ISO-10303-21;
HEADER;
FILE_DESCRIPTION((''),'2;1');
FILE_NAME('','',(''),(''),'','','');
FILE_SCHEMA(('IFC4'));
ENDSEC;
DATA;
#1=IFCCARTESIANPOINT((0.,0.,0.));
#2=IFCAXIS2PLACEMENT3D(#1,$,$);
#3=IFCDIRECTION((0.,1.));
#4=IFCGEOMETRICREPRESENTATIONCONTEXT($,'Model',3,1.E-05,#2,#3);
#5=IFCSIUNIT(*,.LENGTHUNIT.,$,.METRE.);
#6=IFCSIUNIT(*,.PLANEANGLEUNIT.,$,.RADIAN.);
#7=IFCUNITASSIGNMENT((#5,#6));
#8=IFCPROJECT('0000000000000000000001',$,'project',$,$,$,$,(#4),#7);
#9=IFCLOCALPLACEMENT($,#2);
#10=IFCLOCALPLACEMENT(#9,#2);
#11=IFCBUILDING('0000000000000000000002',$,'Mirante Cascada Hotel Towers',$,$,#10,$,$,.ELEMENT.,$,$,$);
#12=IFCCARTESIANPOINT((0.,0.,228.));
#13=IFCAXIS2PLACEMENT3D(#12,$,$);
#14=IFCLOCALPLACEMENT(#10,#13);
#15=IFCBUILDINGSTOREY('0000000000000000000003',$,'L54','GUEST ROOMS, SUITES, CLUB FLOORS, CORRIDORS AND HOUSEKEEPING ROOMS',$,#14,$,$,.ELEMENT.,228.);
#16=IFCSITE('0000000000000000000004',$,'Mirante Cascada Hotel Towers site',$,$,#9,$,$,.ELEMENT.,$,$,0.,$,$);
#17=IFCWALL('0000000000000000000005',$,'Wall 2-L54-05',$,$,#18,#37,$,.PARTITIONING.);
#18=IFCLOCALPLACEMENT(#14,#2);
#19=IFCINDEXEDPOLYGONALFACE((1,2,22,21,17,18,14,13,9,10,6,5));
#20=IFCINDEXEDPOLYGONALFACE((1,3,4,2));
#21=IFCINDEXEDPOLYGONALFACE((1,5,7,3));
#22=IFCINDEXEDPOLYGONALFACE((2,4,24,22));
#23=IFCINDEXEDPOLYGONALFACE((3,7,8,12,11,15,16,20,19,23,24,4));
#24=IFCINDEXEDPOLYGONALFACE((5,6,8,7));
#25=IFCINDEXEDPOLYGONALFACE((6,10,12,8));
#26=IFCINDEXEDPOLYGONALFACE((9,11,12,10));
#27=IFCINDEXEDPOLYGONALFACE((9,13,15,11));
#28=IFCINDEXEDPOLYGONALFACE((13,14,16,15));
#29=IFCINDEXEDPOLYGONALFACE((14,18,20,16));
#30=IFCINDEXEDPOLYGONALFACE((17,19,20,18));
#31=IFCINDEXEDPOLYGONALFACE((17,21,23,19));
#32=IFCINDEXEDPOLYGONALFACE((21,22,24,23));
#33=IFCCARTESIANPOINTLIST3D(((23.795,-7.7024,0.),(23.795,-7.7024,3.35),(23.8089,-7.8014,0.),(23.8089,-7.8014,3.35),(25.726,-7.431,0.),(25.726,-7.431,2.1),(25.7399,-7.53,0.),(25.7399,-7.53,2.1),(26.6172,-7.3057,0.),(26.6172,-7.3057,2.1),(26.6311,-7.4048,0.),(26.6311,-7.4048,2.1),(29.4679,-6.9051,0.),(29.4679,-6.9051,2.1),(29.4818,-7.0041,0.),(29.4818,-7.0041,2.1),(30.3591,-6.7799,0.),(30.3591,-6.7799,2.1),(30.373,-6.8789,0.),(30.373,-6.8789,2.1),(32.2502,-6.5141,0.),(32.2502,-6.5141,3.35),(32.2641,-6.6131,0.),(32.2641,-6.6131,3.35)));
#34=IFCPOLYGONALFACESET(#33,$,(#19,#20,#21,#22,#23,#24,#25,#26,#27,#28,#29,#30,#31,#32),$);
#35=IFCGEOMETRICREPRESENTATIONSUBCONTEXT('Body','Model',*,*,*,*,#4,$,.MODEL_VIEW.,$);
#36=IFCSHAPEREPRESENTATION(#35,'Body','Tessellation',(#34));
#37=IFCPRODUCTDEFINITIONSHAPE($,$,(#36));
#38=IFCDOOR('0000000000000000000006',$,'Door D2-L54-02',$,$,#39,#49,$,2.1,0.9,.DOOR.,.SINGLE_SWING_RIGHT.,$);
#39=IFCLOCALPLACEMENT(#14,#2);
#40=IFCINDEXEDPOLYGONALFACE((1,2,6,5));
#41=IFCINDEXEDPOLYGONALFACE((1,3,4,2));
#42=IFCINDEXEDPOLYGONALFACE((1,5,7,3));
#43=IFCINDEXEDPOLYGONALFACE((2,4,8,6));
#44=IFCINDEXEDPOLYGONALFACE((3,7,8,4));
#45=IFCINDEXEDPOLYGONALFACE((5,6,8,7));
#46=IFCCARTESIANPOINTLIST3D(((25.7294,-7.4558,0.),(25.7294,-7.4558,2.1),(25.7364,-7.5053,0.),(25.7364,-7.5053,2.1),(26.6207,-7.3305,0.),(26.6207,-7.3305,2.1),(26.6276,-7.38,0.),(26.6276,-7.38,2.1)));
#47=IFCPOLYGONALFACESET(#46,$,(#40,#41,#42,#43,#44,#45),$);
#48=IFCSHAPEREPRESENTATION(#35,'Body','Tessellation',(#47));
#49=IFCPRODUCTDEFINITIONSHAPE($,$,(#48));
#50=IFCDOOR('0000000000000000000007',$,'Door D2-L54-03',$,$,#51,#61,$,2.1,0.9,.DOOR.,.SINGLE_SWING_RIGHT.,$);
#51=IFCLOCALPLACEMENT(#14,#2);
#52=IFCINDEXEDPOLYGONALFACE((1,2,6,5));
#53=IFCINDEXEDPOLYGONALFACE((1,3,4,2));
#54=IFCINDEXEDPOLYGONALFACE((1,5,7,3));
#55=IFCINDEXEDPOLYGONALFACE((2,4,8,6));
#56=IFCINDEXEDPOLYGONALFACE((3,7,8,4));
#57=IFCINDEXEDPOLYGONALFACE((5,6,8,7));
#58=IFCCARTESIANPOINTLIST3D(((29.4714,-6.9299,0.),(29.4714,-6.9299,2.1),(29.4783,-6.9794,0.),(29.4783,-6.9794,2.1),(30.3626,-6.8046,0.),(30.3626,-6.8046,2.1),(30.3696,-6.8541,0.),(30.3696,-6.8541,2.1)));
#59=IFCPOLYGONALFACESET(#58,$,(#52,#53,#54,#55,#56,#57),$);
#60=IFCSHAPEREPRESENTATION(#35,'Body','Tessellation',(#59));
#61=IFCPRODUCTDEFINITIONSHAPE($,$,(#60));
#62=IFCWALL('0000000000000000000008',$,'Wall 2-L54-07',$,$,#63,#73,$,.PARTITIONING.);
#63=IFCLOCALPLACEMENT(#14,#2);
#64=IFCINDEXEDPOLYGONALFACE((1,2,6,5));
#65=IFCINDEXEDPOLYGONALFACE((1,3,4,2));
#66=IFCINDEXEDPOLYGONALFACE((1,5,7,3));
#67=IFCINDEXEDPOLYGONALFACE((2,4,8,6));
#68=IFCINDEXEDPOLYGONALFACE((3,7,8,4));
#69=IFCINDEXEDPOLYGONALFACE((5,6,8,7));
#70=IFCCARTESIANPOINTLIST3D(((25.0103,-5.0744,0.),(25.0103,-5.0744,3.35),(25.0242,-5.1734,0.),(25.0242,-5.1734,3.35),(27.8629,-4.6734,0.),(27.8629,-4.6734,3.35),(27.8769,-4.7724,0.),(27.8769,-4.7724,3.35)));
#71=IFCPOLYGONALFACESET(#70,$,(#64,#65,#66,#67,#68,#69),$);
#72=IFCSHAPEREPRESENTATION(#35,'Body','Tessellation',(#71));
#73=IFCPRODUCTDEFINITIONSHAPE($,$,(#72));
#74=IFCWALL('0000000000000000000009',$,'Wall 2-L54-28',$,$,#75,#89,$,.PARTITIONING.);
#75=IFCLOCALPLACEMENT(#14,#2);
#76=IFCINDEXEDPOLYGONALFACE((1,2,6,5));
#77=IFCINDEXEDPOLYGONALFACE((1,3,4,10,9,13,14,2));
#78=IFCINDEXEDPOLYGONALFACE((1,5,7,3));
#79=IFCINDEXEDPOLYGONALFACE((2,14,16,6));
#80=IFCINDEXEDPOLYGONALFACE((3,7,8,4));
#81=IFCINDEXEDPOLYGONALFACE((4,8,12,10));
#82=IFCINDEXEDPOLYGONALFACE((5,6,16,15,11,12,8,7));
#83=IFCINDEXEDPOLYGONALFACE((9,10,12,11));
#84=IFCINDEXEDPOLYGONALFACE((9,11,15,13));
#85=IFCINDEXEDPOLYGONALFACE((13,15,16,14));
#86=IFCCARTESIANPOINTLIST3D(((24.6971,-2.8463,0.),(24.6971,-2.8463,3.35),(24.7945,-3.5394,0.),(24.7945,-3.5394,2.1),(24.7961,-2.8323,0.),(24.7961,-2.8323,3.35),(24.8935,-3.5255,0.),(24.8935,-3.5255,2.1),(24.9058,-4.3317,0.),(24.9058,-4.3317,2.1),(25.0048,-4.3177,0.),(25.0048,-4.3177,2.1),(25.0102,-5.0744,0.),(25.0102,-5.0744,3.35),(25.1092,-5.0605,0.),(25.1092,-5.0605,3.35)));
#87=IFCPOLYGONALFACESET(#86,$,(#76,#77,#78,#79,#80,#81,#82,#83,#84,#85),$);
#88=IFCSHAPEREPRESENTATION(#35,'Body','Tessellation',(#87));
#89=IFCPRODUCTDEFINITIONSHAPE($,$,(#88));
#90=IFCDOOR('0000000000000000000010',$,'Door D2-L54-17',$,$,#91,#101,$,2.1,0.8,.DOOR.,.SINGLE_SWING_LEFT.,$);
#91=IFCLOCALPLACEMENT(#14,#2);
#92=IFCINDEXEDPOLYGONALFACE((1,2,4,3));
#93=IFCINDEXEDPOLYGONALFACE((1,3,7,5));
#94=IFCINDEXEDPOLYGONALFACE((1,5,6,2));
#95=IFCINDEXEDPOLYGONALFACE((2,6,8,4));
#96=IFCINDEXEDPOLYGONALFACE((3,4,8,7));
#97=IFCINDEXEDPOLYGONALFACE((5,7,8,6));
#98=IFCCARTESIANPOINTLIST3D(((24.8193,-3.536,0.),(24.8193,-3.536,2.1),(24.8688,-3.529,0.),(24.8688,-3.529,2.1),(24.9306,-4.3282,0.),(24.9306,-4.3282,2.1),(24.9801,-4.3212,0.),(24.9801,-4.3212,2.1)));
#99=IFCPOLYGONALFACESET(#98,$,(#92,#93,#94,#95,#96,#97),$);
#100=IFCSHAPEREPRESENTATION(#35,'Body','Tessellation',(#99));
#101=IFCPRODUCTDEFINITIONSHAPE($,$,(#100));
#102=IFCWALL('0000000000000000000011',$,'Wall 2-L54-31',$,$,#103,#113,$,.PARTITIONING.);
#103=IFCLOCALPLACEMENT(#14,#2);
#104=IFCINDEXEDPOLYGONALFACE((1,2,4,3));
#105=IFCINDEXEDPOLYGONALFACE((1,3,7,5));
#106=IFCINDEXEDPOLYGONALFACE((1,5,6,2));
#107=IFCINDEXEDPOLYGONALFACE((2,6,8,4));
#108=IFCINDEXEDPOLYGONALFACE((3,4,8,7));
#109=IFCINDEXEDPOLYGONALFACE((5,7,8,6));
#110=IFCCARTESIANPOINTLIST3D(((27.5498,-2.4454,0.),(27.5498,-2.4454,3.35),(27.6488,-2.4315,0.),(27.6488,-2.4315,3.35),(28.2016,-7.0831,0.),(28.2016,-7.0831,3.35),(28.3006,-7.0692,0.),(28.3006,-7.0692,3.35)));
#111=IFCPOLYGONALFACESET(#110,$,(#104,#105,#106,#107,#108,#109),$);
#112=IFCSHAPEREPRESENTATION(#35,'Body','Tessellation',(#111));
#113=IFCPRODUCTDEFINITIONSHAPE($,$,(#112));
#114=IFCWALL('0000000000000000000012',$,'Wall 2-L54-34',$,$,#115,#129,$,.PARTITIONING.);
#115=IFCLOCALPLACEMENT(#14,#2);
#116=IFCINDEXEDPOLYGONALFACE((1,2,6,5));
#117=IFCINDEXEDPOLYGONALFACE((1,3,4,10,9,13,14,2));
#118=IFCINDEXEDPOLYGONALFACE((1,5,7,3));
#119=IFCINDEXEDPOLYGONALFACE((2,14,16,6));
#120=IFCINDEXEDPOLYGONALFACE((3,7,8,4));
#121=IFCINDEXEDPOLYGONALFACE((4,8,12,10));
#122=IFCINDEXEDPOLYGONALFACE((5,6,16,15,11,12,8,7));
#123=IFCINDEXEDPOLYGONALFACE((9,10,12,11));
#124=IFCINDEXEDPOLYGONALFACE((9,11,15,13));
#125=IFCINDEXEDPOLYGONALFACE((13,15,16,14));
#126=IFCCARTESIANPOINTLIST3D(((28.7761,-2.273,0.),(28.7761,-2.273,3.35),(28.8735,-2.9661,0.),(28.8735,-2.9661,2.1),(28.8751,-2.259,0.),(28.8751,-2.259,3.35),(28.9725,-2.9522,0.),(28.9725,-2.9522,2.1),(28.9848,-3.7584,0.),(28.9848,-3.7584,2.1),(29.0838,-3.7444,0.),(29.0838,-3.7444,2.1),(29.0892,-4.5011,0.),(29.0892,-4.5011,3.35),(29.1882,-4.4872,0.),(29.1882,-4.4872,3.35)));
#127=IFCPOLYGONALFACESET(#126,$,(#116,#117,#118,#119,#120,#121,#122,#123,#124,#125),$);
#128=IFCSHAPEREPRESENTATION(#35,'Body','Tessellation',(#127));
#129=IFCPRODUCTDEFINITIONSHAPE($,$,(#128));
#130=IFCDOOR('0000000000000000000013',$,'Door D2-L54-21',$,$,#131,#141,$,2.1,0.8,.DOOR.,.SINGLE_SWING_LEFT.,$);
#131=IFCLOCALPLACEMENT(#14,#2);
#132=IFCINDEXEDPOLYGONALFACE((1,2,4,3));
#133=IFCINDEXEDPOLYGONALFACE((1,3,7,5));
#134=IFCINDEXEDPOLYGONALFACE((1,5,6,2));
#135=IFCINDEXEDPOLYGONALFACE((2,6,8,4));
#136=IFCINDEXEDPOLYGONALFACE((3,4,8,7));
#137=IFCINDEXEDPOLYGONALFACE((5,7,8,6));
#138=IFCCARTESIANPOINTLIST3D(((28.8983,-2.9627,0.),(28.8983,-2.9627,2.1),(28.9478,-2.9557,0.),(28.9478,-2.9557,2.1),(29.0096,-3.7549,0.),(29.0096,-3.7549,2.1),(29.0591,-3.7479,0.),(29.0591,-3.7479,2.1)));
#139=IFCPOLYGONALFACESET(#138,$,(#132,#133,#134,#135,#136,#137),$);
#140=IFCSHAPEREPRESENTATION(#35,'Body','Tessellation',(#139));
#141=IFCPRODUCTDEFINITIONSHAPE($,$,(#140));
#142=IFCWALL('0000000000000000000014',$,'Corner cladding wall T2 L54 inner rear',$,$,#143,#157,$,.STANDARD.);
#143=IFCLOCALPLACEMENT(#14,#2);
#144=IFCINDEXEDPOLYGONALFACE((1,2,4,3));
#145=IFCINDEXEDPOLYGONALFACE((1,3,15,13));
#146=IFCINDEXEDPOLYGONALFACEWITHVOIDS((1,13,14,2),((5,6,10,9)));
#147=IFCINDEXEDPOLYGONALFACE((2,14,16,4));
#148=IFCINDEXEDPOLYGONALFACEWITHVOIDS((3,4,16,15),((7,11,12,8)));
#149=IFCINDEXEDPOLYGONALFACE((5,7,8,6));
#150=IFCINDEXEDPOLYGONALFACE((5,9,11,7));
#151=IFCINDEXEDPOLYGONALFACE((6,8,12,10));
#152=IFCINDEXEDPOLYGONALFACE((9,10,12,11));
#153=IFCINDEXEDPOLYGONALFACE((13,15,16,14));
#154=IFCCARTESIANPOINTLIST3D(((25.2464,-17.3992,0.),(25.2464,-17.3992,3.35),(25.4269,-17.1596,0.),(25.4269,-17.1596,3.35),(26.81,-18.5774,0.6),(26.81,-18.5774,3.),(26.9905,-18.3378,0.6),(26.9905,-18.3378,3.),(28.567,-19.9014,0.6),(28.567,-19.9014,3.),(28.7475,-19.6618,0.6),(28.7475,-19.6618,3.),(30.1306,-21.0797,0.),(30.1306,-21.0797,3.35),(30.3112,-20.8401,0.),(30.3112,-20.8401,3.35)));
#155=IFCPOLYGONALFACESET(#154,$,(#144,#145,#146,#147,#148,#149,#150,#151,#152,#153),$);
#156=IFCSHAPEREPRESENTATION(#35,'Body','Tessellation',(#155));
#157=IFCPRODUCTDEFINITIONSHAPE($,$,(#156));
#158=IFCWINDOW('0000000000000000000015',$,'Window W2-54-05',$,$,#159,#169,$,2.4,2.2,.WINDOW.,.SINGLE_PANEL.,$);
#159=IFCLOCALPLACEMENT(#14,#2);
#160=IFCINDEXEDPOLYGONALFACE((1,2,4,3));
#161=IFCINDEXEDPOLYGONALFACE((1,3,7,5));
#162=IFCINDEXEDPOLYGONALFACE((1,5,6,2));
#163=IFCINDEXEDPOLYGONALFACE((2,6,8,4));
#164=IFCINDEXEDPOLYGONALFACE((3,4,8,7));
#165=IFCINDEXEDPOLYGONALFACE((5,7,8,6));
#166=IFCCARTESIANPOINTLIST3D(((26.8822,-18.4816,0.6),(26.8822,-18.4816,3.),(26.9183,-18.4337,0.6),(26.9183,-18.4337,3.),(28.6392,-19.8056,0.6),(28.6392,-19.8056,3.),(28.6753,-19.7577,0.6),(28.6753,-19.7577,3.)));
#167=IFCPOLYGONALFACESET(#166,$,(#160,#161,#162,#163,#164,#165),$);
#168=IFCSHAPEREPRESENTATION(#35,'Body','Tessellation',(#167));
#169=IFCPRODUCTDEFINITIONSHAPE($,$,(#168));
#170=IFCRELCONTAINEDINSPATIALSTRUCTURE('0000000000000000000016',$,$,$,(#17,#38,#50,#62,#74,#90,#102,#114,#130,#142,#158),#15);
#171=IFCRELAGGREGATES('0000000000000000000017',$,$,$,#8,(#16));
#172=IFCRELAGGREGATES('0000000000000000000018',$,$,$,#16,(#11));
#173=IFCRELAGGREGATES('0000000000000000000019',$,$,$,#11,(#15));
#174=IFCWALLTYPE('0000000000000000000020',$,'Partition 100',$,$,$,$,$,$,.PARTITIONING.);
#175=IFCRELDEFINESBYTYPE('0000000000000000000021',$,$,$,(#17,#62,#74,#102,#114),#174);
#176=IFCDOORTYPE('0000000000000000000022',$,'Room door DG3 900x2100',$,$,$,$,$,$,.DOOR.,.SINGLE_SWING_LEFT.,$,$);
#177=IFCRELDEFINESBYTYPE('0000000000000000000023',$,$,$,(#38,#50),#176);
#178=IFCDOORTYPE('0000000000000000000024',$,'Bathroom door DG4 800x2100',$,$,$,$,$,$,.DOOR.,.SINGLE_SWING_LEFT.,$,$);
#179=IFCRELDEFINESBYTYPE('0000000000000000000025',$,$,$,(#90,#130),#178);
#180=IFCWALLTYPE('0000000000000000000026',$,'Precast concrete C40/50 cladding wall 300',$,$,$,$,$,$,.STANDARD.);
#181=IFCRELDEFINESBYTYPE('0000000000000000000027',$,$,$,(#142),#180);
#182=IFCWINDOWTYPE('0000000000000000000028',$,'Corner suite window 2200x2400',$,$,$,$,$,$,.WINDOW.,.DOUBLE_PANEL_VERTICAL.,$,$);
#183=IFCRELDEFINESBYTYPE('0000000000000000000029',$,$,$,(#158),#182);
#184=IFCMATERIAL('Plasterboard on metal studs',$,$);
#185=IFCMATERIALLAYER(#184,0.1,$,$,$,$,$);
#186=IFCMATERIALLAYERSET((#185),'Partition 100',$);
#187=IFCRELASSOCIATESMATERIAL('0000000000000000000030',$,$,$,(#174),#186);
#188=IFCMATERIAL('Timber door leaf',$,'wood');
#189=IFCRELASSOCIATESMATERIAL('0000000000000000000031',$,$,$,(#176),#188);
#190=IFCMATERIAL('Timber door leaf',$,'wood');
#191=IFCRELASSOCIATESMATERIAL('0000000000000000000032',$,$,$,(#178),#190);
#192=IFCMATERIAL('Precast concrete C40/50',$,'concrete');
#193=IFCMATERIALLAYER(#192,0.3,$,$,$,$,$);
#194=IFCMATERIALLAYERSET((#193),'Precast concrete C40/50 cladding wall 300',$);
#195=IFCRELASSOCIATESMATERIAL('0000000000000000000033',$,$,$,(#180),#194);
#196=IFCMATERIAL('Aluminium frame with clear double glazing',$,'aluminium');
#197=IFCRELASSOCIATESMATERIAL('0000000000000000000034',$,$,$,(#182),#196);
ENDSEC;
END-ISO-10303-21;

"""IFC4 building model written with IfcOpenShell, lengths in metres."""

from ifc_helpers import new_model, si_unit, direction, frame, frame_2d, origin, place, context, subcontext, project, spatial, rectangle, extrude, material, layer, layer_set, type_object, element, fill, save


model = new_model("IFC4")

# Units and contexts
model_context = context("Model", 3, precision=1e-05, world=origin(), true_north=direction((0.0, 1.0)))
body_context = subcontext(model_context, "Body", "Model", "MODEL_VIEW")
ifc_project = project(units=[si_unit("LENGTHUNIT", "METRE"), si_unit("PLANEANGLEUNIT", "RADIAN")], contexts=[model_context])

# Site, building, storey
site_placement = place(None, origin())
site = spatial("IfcSite", under=ifc_project, at=site_placement, Name="Mirante Cascada Hotel Towers site", CompositionType="ELEMENT", RefElevation=0.0)
building_placement = place(site_placement, origin())
building = spatial("IfcBuilding", under=site, at=building_placement, Name="Mirante Cascada Hotel Towers", CompositionType="ELEMENT")
storey_placement = place(building_placement, frame((0.0, 0.0, 228.0)))
storey = spatial("IfcBuildingStorey", under=building, at=storey_placement, Name="L54", Description="GUEST ROOMS, SUITES, CLUB FLOORS, CORRIDORS AND HOUSEKEEPING ROOMS", CompositionType="ELEMENT", Elevation=228.0)

# Shared definitions
ifc_material_1 = material(Name="Plasterboard on metal studs")
ifc_layer_1 = layer(ifc_material_1, 0.1)
ifc_layer_set_1 = layer_set([ifc_layer_1], Name="Partition 100")
wall_type_1 = type_object("IfcWallType", Name="Partition 100", PredefinedType="PARTITIONING", material=ifc_layer_set_1)

# Wall, openings, doors
wall_1_placement = place(storey_placement, frame((23.8019, -7.7519, 0.0), z_axis=(0.0, 0.0, 1.0), x_axis=(0.990268, 0.139173, 0.0)))
wall_1 = element("IfcWall", 1, at=wall_1_placement, inside=storey, type_object=wall_type_1, Name="Wall 2-L54-05", PredefinedType="PARTITIONING", context=body_context, shape_type="SweptSolid", body=[
    extrude(rectangle(XDim=8.5383, YDim=0.1, at=frame_2d((4.2692, 0.0))), origin(), (0.0, 0.0, 1.0), 3.35),
])
opening_1_placement = place(wall_1_placement, frame((1.95, 0.0, 0.0)))
opening_1 = element("IfcOpeningElement", 2, at=opening_1_placement, cuts=wall_1, PredefinedType="OPENING", context=body_context, shape_type="SweptSolid", body=[
    extrude(rectangle(XDim=0.9, YDim=2.1, at=frame_2d((0.45, 1.05))), frame((0.0, 0.05, 0.0), z_axis=(0.0, -1.0, 0.0), x_axis=(1.0, 0.0, 0.0)), (0.0, 0.0, 1.0), 0.1),
])
opening_2_placement = place(wall_1_placement, frame((5.7287, 0.0, 0.0)))
opening_2 = element("IfcOpeningElement", 3, at=opening_2_placement, cuts=wall_1, PredefinedType="OPENING", context=body_context, shape_type="SweptSolid", body=[
    extrude(rectangle(XDim=0.9, YDim=2.1, at=frame_2d((0.45, 1.05))), frame((0.0, 0.05, 0.0), z_axis=(0.0, -1.0, 0.0), x_axis=(1.0, 0.0, 0.0)), (0.0, 0.0, 1.0), 0.1),
])
ifc_material_2 = material(Name="Timber door leaf", Category="wood")
door_type_1 = type_object("IfcDoorType", Name="Room door DG3 900x2100", OperationType="SINGLE_SWING_LEFT", PredefinedType="DOOR", material=ifc_material_2)
door_1_placement = place(opening_1_placement, frame((0.9, 0.0, 0.0), z_axis=(0.0, 0.0, 1.0), x_axis=(-1.0, 0.0, 0.0)))
door_1 = element("IfcDoor", 4, at=door_1_placement, inside=storey, type_object=door_type_1, Name="Door D2-L54-02", OperationType="SINGLE_SWING_RIGHT", OverallHeight=2.1, OverallWidth=0.9, PredefinedType="DOOR", context=body_context, shape_type="SweptSolid", body=[
    extrude(rectangle(XDim=0.9, YDim=2.1, at=frame_2d((0.45, 1.05))), frame((0.0, 0.025, 0.0), z_axis=(0.0, -1.0, 0.0), x_axis=(1.0, 0.0, 0.0)), (0.0, 0.0, 1.0), 0.05),
])
fill(opening_1, door_1)
door_2_placement = place(opening_2_placement, frame((0.9, 0.0, 0.0), z_axis=(0.0, 0.0, 1.0), x_axis=(-1.0, 0.0, 0.0)))
door_2 = element("IfcDoor", 5, at=door_2_placement, inside=storey, type_object=door_type_1, Name="Door D2-L54-03", OperationType="SINGLE_SWING_RIGHT", OverallHeight=2.1, OverallWidth=0.9, PredefinedType="DOOR", context=body_context, shape_type="SweptSolid", body=[
    extrude(rectangle(XDim=0.9, YDim=2.1, at=frame_2d((0.45, 1.05))), frame((0.0, 0.025, 0.0), z_axis=(0.0, -1.0, 0.0), x_axis=(1.0, 0.0, 0.0)), (0.0, 0.0, 1.0), 0.05),
])
fill(opening_2, door_2)

# Wall
wall_2_placement = place(storey_placement, frame((25.0172, -5.1239, 0.0), z_axis=(0.0, 0.0, 1.0), x_axis=(0.990264, 0.1392, 0.0)))
element("IfcWall", 6, at=wall_2_placement, inside=storey, type_object=wall_type_1, Name="Wall 2-L54-07", PredefinedType="PARTITIONING", context=body_context, shape_type="SweptSolid", body=[
    extrude(rectangle(XDim=2.8807, YDim=0.1, at=frame_2d((1.4404, 0.0))), origin(), (0.0, 0.0, 1.0), 3.35),
])

# Wall, opening, door
wall_3_placement = place(storey_placement, frame((24.7466, -2.8393, 0.0), z_axis=(0.0, 0.0, 1.0), x_axis=(0.139156, -0.990271, 0.0)))
wall_3 = element("IfcWall", 7, at=wall_3_placement, inside=storey, type_object=wall_type_1, Name="Wall 2-L54-28", PredefinedType="PARTITIONING", context=body_context, shape_type="SweptSolid", body=[
    extrude(rectangle(XDim=2.25, YDim=0.1, at=frame_2d((1.125, 0.0))), origin(), (0.0, 0.0, 1.0), 3.35),
])
opening_3_placement = place(wall_3_placement, frame((0.7, 0.0, 0.0)))
opening_3 = element("IfcOpeningElement", 8, at=opening_3_placement, cuts=wall_3, PredefinedType="OPENING", context=body_context, shape_type="SweptSolid", body=[
    extrude(rectangle(XDim=0.8, YDim=2.1, at=frame_2d((0.4, 1.05))), frame((0.0, 0.05, 0.0), z_axis=(0.0, -1.0, 0.0), x_axis=(1.0, 0.0, 0.0)), (0.0, 0.0, 1.0), 0.1),
])
ifc_material_3 = material(Name="Timber door leaf", Category="wood")
door_type_2 = type_object("IfcDoorType", Name="Bathroom door DG4 800x2100", OperationType="SINGLE_SWING_LEFT", PredefinedType="DOOR", material=ifc_material_3)
door_3_placement = place(opening_3_placement, origin())
door_3 = element("IfcDoor", 9, at=door_3_placement, inside=storey, type_object=door_type_2, Name="Door D2-L54-17", OperationType="SINGLE_SWING_LEFT", OverallHeight=2.1, OverallWidth=0.8, PredefinedType="DOOR", context=body_context, shape_type="SweptSolid", body=[
    extrude(rectangle(XDim=0.8, YDim=2.1, at=frame_2d((0.4, 1.05))), frame((0.0, 0.025, 0.0), z_axis=(0.0, -1.0, 0.0), x_axis=(1.0, 0.0, 0.0)), (0.0, 0.0, 1.0), 0.05),
])
fill(opening_3, door_3)

# Wall
wall_4_placement = place(storey_placement, frame((28.2511, -7.0761, 0.0), z_axis=(0.0, 0.0, 1.0), x_axis=(-0.139176, 0.990268, 0.0)))
element("IfcWall", 10, at=wall_4_placement, inside=storey, type_object=wall_type_1, Name="Wall 2-L54-31", PredefinedType="PARTITIONING", context=body_context, shape_type="SweptSolid", body=[
    extrude(rectangle(XDim=4.6833, YDim=0.1, at=frame_2d((2.3416, 0.0))), origin(), (0.0, 0.0, 1.0), 3.35),
])

# Wall, opening, door
wall_5_placement = place(storey_placement, frame((28.8256, -2.266, 0.0), z_axis=(0.0, 0.0, 1.0), x_axis=(0.139156, -0.990271, 0.0)))
wall_5 = element("IfcWall", 11, at=wall_5_placement, inside=storey, type_object=wall_type_1, Name="Wall 2-L54-34", PredefinedType="PARTITIONING", context=body_context, shape_type="SweptSolid", body=[
    extrude(rectangle(XDim=2.25, YDim=0.1, at=frame_2d((1.125, 0.0))), origin(), (0.0, 0.0, 1.0), 3.35),
])
opening_4_placement = place(wall_5_placement, frame((0.7, 0.0, 0.0)))
opening_4 = element("IfcOpeningElement", 12, at=opening_4_placement, cuts=wall_5, PredefinedType="OPENING", context=body_context, shape_type="SweptSolid", body=[
    extrude(rectangle(XDim=0.8, YDim=2.1, at=frame_2d((0.4, 1.05))), frame((0.0, 0.05, 0.0), z_axis=(0.0, -1.0, 0.0), x_axis=(1.0, 0.0, 0.0)), (0.0, 0.0, 1.0), 0.1),
])
door_4_placement = place(opening_4_placement, origin())
door_4 = element("IfcDoor", 13, at=door_4_placement, inside=storey, type_object=door_type_2, Name="Door D2-L54-21", OperationType="SINGLE_SWING_LEFT", OverallHeight=2.1, OverallWidth=0.8, PredefinedType="DOOR", context=body_context, shape_type="SweptSolid", body=[
    extrude(rectangle(XDim=0.8, YDim=2.1, at=frame_2d((0.4, 1.05))), frame((0.0, 0.025, 0.0), z_axis=(0.0, -1.0, 0.0), x_axis=(1.0, 0.0, 0.0)), (0.0, 0.0, 1.0), 0.05),
])
fill(opening_4, door_4)

# Wall, opening, window
ifc_material_4 = material(Name="Precast concrete C40/50", Category="concrete")
ifc_layer_2 = layer(ifc_material_4, 0.3)
ifc_layer_set_2 = layer_set([ifc_layer_2], Name="Precast concrete C40/50 cladding wall 300")
wall_type_2 = type_object("IfcWallType", Name="Precast concrete C40/50 cladding wall 300", PredefinedType="STANDARD", material=ifc_layer_set_2)
wall_6_placement = place(storey_placement, frame((25.3367, -17.2794, 0.0), z_axis=(0.0, 0.0, 1.0), x_axis=(0.798636, -0.601814, 0.0)))
wall_6 = element("IfcWall", 14, at=wall_6_placement, inside=storey, type_object=wall_type_2, Name="Corner cladding wall T2 L54 inner rear", PredefinedType="STANDARD", context=body_context, shape_type="SweptSolid", body=[
    extrude(rectangle(XDim=6.1157, YDim=0.3, at=frame_2d((3.0578, 0.0))), origin(), (0.0, 0.0, 1.0), 3.35),
])
opening_5_placement = place(wall_6_placement, frame((1.9578, 0.0, 0.6)))
opening_5 = element("IfcOpeningElement", 15, at=opening_5_placement, cuts=wall_6, PredefinedType="OPENING", context=body_context, shape_type="SweptSolid", body=[
    extrude(rectangle(XDim=2.2, YDim=2.4, at=frame_2d((1.1, 1.2))), frame((0.0, 0.15, 0.0), z_axis=(0.0, -1.0, 0.0), x_axis=(1.0, 0.0, 0.0)), (0.0, 0.0, 1.0), 0.3),
])
ifc_material_5 = material(Name="Aluminium frame with clear double glazing", Category="aluminium")
window_type = type_object("IfcWindowType", Name="Corner suite window 2200x2400", PartitioningType="DOUBLE_PANEL_VERTICAL", PredefinedType="WINDOW", material=ifc_material_5)
window_placement = place(opening_5_placement, origin())
window = element("IfcWindow", 16, at=window_placement, inside=storey, type_object=window_type, Name="Window W2-54-05", OverallHeight=2.4, OverallWidth=2.2, PartitioningType="SINGLE_PANEL", PredefinedType="WINDOW", context=body_context, shape_type="SweptSolid", body=[
    extrude(rectangle(XDim=2.2, YDim=2.4, at=frame_2d((1.1, 1.2))), frame((0.0, 0.03, 0.0), z_axis=(0.0, -1.0, 0.0), x_axis=(1.0, 0.0, 0.0)), (0.0, 0.0, 1.0), 0.06),
])
fill(opening_5, window)

save(model, "model.ifc")
